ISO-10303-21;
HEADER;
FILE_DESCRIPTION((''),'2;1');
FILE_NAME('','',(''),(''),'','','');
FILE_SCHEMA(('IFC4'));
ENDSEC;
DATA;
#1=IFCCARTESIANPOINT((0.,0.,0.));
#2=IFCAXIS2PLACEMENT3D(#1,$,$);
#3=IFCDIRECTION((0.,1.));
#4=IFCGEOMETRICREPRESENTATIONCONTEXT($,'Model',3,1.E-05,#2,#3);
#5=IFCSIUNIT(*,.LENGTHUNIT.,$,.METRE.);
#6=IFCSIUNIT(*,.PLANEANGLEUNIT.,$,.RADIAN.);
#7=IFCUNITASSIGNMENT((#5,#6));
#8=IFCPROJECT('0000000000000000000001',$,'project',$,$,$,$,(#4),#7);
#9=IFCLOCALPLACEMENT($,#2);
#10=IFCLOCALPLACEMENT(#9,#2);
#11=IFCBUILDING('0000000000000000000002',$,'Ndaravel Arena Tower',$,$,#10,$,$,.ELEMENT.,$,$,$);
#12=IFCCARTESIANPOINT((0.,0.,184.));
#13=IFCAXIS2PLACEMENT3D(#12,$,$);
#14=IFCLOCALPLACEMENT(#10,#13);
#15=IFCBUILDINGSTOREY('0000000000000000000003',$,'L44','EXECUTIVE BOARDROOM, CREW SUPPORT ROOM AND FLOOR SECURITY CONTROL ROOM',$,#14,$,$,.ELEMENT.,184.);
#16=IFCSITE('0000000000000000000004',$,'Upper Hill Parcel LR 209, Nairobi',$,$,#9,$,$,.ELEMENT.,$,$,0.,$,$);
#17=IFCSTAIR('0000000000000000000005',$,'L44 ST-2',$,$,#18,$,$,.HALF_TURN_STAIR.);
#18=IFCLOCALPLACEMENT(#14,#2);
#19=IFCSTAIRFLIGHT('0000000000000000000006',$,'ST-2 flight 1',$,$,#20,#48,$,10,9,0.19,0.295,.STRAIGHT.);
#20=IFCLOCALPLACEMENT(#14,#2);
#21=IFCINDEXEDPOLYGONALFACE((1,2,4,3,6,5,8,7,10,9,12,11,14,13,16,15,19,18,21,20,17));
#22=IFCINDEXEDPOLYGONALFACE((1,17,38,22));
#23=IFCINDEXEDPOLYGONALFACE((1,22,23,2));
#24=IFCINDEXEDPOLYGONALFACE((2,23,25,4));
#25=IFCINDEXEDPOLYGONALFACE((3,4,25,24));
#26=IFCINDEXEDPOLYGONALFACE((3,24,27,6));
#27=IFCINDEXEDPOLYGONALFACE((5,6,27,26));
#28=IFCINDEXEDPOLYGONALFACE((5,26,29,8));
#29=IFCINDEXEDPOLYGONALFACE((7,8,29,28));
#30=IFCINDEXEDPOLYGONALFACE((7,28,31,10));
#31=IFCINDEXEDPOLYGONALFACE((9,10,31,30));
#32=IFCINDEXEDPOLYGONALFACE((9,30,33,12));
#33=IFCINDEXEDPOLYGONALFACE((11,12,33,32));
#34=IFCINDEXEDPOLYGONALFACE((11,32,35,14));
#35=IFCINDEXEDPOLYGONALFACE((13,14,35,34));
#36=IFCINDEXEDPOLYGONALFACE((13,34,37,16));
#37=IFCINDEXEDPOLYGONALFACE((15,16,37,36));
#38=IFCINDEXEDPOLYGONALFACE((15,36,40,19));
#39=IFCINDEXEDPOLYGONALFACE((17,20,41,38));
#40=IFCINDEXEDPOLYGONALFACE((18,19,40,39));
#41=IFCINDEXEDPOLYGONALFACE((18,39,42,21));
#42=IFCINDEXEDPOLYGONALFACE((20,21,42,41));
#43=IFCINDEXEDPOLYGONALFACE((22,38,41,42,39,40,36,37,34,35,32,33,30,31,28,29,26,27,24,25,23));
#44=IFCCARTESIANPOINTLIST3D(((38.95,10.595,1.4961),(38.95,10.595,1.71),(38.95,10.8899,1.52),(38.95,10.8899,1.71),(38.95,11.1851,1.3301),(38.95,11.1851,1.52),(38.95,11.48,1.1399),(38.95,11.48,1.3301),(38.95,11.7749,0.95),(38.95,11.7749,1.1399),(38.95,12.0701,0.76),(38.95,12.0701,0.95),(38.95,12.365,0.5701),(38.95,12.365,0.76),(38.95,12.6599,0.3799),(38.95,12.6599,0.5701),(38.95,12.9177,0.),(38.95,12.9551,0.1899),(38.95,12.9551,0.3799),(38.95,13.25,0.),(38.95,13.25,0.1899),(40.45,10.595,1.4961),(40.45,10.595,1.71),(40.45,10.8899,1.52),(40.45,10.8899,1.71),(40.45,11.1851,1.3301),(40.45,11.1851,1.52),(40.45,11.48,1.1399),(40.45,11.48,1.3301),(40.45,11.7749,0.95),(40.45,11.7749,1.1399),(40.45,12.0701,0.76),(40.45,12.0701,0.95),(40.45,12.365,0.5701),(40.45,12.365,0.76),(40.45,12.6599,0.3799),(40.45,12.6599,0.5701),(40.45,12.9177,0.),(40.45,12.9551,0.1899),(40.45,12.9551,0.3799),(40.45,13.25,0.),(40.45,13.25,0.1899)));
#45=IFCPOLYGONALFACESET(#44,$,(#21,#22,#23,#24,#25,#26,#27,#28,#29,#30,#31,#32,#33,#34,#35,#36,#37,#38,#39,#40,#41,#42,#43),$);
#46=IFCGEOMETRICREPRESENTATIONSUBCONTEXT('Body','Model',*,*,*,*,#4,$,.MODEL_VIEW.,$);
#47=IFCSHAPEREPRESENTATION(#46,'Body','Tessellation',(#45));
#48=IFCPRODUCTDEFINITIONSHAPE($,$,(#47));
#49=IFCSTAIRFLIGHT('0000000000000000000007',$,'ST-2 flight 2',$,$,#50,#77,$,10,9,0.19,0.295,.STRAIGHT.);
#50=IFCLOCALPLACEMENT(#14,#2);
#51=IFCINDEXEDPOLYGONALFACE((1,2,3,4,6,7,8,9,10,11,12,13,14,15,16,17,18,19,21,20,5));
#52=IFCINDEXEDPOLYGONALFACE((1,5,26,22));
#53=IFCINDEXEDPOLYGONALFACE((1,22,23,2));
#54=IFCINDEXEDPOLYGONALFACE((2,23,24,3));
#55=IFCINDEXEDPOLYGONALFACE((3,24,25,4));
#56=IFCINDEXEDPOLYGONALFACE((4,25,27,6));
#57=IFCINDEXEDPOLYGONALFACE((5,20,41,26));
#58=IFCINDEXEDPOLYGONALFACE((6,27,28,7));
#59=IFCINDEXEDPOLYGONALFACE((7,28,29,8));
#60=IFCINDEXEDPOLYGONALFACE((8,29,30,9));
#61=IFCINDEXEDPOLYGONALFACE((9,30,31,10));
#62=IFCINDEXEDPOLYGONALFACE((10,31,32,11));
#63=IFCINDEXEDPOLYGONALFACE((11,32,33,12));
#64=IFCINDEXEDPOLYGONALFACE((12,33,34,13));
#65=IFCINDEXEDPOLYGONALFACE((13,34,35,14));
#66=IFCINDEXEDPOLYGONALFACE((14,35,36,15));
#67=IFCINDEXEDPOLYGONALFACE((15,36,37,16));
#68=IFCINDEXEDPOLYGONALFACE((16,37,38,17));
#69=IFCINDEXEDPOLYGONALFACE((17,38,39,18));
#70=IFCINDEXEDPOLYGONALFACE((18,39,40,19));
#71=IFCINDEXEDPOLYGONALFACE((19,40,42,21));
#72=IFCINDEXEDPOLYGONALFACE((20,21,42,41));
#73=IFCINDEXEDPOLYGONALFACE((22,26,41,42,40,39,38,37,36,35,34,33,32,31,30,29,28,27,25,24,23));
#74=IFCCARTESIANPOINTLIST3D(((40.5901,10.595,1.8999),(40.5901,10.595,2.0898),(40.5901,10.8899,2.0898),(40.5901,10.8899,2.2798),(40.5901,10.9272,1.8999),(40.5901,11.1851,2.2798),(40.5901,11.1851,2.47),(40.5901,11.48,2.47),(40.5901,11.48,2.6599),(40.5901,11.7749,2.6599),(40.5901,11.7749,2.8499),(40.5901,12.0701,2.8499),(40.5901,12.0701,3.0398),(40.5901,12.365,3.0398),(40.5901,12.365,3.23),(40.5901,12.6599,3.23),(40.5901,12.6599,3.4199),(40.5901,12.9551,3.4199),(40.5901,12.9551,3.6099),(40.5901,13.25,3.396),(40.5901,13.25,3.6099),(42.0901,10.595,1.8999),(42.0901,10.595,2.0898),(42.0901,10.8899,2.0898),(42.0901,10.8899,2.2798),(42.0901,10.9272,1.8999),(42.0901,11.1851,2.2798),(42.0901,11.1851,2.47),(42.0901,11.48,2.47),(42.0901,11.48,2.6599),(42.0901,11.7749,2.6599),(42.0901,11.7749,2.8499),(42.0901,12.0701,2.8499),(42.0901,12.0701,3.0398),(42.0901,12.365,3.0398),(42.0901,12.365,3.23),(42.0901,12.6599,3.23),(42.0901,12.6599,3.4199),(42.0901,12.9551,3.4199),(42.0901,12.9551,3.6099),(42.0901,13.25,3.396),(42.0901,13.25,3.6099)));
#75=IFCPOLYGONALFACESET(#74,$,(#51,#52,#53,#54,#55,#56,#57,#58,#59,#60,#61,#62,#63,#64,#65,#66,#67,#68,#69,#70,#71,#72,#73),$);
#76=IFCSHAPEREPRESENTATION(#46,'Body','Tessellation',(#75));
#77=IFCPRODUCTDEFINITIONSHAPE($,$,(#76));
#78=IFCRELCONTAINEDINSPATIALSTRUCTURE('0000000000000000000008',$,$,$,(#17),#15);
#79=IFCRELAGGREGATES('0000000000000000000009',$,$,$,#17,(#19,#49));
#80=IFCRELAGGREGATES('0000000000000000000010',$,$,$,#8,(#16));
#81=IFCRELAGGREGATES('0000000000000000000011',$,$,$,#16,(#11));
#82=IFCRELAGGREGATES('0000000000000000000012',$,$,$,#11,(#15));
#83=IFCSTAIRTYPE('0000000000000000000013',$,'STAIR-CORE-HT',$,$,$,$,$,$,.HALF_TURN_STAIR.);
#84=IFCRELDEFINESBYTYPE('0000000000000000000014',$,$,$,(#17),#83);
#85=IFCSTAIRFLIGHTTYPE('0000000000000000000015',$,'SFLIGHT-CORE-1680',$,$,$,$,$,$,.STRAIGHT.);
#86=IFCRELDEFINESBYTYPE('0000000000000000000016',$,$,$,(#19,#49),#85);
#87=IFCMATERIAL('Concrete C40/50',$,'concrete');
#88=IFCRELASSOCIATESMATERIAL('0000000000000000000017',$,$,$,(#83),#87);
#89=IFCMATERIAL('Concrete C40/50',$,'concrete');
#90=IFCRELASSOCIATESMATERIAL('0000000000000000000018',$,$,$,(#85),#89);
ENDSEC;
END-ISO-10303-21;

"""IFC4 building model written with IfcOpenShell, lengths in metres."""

from ifc_helpers import new_model, si_unit, direction, frame, origin, place, context, subcontext, project, spatial, polyline, outline, extrude, material, type_object, element, aggregate, save


model = new_model("IFC4")

# Units and contexts
model_context = context("Model", 3, precision=1e-05, world=origin(), true_north=direction((0.0, 1.0)))
body_context = subcontext(model_context, "Body", "Model", "MODEL_VIEW")
ifc_project = project(units=[si_unit("LENGTHUNIT", "METRE"), si_unit("PLANEANGLEUNIT", "RADIAN")], contexts=[model_context])

# Site, building, storey
site_placement = place(None, origin())
site = spatial("IfcSite", under=ifc_project, at=site_placement, Name="Upper Hill Parcel LR 209, Nairobi", CompositionType="ELEMENT", RefElevation=0.0)
building_placement = place(site_placement, origin())
building = spatial("IfcBuilding", under=site, at=building_placement, Name="Ndaravel Arena Tower", CompositionType="ELEMENT")
storey_placement = place(building_placement, frame((0.0, 0.0, 184.0)))
storey = spatial("IfcBuildingStorey", under=building, at=storey_placement, Name="L44", Description="EXECUTIVE BOARDROOM, CREW SUPPORT ROOM AND FLOOR SECURITY CONTROL ROOM", CompositionType="ELEMENT", Elevation=184.0)

# Stair, stair flights
ifc_material_1 = material(Name="Concrete C40/50", Category="concrete")
stair_type = type_object("IfcStairType", Name="STAIR-CORE-HT", PredefinedType="HALF_TURN_STAIR", material=ifc_material_1)
stair_placement = place(storey_placement, origin())
stair = element("IfcStair", 1, at=stair_placement, inside=storey, type_object=stair_type, Name="L44 ST-2", PredefinedType="HALF_TURN_STAIR")
ifc_material_2 = material(Name="Concrete C40/50", Category="concrete")
stair_flight_type = type_object("IfcStairFlightType", Name="SFLIGHT-CORE-1680", PredefinedType="STRAIGHT", material=ifc_material_2)
stair_flight_1_placement = place(storey_placement, frame((39.7, 13.25, 0.0), z_axis=(0.0, 0.0, 1.0), x_axis=(0.0, -1.0, 0.0)))
stair_flight_1 = element("IfcStairFlight", 2, at=stair_flight_1_placement, type_object=stair_flight_type, Name="ST-2 flight 1", NumberOfRisers=10, NumberOfTreads=9, PredefinedType="STRAIGHT", RiserHeight=0.19, TreadLength=0.295, context=body_context, shape_type="SweptSolid", body=[
    extrude(outline(polyline([(0.0, 0.0), (0.0, 0.1899), (0.2949, 0.1899), (0.2949, 0.3799), (0.5901, 0.3799), (0.5901, 0.5701), (0.885, 0.5701), (0.885, 0.76), (1.1799, 0.76), (1.1799, 0.95), (1.4751, 0.95), (1.4751, 1.1399), (1.77, 1.1399), (1.77, 1.3301), (2.0649, 1.3301), (2.0649, 1.52), (2.3601, 1.52), (2.3601, 1.71), (2.655, 1.71), (2.655, 1.8999), (2.655, 1.4961), (0.3323, 0.0), (0.0, 0.0)])), frame((0.0, 0.75, 0.0), z_axis=(0.0, -1.0, 0.0), x_axis=(1.0, 0.0, 0.0)), (0.0, 0.0, 1.0), 1.5),
])
stair_flight_2_placement = place(storey_placement, frame((41.3401, 10.595, 1.8999), z_axis=(0.0, 0.0, 1.0), x_axis=(0.0, 1.0, 0.0)))
stair_flight_2 = element("IfcStairFlight", 3, at=stair_flight_2_placement, type_object=stair_flight_type, Name="ST-2 flight 2", NumberOfRisers=10, NumberOfTreads=9, PredefinedType="STRAIGHT", RiserHeight=0.19, TreadLength=0.295, context=body_context, shape_type="SweptSolid", body=[
    extrude(outline(polyline([(0.0, 0.0), (0.0, 0.1899), (0.2949, 0.1899), (0.2949, 0.3799), (0.5901, 0.3799), (0.5901, 0.5701), (0.885, 0.5701), (0.885, 0.76), (1.1799, 0.76), (1.1799, 0.95), (1.4751, 0.95), (1.4751, 1.1399), (1.77, 1.1399), (1.77, 1.3301), (2.0649, 1.3301), (2.0649, 1.52), (2.3601, 1.52), (2.3601, 1.71), (2.655, 1.71), (2.655, 1.8999), (2.655, 1.4961), (0.3323, 0.0), (0.0, 0.0)])), frame((0.0, 0.75, 0.0), z_axis=(0.0, -1.0, 0.0), x_axis=(1.0, 0.0, 0.0)), (0.0, 0.0, 1.0), 1.5),
])
aggregate(stair, [stair_flight_1, stair_flight_2])

save(model, "model.ifc")
